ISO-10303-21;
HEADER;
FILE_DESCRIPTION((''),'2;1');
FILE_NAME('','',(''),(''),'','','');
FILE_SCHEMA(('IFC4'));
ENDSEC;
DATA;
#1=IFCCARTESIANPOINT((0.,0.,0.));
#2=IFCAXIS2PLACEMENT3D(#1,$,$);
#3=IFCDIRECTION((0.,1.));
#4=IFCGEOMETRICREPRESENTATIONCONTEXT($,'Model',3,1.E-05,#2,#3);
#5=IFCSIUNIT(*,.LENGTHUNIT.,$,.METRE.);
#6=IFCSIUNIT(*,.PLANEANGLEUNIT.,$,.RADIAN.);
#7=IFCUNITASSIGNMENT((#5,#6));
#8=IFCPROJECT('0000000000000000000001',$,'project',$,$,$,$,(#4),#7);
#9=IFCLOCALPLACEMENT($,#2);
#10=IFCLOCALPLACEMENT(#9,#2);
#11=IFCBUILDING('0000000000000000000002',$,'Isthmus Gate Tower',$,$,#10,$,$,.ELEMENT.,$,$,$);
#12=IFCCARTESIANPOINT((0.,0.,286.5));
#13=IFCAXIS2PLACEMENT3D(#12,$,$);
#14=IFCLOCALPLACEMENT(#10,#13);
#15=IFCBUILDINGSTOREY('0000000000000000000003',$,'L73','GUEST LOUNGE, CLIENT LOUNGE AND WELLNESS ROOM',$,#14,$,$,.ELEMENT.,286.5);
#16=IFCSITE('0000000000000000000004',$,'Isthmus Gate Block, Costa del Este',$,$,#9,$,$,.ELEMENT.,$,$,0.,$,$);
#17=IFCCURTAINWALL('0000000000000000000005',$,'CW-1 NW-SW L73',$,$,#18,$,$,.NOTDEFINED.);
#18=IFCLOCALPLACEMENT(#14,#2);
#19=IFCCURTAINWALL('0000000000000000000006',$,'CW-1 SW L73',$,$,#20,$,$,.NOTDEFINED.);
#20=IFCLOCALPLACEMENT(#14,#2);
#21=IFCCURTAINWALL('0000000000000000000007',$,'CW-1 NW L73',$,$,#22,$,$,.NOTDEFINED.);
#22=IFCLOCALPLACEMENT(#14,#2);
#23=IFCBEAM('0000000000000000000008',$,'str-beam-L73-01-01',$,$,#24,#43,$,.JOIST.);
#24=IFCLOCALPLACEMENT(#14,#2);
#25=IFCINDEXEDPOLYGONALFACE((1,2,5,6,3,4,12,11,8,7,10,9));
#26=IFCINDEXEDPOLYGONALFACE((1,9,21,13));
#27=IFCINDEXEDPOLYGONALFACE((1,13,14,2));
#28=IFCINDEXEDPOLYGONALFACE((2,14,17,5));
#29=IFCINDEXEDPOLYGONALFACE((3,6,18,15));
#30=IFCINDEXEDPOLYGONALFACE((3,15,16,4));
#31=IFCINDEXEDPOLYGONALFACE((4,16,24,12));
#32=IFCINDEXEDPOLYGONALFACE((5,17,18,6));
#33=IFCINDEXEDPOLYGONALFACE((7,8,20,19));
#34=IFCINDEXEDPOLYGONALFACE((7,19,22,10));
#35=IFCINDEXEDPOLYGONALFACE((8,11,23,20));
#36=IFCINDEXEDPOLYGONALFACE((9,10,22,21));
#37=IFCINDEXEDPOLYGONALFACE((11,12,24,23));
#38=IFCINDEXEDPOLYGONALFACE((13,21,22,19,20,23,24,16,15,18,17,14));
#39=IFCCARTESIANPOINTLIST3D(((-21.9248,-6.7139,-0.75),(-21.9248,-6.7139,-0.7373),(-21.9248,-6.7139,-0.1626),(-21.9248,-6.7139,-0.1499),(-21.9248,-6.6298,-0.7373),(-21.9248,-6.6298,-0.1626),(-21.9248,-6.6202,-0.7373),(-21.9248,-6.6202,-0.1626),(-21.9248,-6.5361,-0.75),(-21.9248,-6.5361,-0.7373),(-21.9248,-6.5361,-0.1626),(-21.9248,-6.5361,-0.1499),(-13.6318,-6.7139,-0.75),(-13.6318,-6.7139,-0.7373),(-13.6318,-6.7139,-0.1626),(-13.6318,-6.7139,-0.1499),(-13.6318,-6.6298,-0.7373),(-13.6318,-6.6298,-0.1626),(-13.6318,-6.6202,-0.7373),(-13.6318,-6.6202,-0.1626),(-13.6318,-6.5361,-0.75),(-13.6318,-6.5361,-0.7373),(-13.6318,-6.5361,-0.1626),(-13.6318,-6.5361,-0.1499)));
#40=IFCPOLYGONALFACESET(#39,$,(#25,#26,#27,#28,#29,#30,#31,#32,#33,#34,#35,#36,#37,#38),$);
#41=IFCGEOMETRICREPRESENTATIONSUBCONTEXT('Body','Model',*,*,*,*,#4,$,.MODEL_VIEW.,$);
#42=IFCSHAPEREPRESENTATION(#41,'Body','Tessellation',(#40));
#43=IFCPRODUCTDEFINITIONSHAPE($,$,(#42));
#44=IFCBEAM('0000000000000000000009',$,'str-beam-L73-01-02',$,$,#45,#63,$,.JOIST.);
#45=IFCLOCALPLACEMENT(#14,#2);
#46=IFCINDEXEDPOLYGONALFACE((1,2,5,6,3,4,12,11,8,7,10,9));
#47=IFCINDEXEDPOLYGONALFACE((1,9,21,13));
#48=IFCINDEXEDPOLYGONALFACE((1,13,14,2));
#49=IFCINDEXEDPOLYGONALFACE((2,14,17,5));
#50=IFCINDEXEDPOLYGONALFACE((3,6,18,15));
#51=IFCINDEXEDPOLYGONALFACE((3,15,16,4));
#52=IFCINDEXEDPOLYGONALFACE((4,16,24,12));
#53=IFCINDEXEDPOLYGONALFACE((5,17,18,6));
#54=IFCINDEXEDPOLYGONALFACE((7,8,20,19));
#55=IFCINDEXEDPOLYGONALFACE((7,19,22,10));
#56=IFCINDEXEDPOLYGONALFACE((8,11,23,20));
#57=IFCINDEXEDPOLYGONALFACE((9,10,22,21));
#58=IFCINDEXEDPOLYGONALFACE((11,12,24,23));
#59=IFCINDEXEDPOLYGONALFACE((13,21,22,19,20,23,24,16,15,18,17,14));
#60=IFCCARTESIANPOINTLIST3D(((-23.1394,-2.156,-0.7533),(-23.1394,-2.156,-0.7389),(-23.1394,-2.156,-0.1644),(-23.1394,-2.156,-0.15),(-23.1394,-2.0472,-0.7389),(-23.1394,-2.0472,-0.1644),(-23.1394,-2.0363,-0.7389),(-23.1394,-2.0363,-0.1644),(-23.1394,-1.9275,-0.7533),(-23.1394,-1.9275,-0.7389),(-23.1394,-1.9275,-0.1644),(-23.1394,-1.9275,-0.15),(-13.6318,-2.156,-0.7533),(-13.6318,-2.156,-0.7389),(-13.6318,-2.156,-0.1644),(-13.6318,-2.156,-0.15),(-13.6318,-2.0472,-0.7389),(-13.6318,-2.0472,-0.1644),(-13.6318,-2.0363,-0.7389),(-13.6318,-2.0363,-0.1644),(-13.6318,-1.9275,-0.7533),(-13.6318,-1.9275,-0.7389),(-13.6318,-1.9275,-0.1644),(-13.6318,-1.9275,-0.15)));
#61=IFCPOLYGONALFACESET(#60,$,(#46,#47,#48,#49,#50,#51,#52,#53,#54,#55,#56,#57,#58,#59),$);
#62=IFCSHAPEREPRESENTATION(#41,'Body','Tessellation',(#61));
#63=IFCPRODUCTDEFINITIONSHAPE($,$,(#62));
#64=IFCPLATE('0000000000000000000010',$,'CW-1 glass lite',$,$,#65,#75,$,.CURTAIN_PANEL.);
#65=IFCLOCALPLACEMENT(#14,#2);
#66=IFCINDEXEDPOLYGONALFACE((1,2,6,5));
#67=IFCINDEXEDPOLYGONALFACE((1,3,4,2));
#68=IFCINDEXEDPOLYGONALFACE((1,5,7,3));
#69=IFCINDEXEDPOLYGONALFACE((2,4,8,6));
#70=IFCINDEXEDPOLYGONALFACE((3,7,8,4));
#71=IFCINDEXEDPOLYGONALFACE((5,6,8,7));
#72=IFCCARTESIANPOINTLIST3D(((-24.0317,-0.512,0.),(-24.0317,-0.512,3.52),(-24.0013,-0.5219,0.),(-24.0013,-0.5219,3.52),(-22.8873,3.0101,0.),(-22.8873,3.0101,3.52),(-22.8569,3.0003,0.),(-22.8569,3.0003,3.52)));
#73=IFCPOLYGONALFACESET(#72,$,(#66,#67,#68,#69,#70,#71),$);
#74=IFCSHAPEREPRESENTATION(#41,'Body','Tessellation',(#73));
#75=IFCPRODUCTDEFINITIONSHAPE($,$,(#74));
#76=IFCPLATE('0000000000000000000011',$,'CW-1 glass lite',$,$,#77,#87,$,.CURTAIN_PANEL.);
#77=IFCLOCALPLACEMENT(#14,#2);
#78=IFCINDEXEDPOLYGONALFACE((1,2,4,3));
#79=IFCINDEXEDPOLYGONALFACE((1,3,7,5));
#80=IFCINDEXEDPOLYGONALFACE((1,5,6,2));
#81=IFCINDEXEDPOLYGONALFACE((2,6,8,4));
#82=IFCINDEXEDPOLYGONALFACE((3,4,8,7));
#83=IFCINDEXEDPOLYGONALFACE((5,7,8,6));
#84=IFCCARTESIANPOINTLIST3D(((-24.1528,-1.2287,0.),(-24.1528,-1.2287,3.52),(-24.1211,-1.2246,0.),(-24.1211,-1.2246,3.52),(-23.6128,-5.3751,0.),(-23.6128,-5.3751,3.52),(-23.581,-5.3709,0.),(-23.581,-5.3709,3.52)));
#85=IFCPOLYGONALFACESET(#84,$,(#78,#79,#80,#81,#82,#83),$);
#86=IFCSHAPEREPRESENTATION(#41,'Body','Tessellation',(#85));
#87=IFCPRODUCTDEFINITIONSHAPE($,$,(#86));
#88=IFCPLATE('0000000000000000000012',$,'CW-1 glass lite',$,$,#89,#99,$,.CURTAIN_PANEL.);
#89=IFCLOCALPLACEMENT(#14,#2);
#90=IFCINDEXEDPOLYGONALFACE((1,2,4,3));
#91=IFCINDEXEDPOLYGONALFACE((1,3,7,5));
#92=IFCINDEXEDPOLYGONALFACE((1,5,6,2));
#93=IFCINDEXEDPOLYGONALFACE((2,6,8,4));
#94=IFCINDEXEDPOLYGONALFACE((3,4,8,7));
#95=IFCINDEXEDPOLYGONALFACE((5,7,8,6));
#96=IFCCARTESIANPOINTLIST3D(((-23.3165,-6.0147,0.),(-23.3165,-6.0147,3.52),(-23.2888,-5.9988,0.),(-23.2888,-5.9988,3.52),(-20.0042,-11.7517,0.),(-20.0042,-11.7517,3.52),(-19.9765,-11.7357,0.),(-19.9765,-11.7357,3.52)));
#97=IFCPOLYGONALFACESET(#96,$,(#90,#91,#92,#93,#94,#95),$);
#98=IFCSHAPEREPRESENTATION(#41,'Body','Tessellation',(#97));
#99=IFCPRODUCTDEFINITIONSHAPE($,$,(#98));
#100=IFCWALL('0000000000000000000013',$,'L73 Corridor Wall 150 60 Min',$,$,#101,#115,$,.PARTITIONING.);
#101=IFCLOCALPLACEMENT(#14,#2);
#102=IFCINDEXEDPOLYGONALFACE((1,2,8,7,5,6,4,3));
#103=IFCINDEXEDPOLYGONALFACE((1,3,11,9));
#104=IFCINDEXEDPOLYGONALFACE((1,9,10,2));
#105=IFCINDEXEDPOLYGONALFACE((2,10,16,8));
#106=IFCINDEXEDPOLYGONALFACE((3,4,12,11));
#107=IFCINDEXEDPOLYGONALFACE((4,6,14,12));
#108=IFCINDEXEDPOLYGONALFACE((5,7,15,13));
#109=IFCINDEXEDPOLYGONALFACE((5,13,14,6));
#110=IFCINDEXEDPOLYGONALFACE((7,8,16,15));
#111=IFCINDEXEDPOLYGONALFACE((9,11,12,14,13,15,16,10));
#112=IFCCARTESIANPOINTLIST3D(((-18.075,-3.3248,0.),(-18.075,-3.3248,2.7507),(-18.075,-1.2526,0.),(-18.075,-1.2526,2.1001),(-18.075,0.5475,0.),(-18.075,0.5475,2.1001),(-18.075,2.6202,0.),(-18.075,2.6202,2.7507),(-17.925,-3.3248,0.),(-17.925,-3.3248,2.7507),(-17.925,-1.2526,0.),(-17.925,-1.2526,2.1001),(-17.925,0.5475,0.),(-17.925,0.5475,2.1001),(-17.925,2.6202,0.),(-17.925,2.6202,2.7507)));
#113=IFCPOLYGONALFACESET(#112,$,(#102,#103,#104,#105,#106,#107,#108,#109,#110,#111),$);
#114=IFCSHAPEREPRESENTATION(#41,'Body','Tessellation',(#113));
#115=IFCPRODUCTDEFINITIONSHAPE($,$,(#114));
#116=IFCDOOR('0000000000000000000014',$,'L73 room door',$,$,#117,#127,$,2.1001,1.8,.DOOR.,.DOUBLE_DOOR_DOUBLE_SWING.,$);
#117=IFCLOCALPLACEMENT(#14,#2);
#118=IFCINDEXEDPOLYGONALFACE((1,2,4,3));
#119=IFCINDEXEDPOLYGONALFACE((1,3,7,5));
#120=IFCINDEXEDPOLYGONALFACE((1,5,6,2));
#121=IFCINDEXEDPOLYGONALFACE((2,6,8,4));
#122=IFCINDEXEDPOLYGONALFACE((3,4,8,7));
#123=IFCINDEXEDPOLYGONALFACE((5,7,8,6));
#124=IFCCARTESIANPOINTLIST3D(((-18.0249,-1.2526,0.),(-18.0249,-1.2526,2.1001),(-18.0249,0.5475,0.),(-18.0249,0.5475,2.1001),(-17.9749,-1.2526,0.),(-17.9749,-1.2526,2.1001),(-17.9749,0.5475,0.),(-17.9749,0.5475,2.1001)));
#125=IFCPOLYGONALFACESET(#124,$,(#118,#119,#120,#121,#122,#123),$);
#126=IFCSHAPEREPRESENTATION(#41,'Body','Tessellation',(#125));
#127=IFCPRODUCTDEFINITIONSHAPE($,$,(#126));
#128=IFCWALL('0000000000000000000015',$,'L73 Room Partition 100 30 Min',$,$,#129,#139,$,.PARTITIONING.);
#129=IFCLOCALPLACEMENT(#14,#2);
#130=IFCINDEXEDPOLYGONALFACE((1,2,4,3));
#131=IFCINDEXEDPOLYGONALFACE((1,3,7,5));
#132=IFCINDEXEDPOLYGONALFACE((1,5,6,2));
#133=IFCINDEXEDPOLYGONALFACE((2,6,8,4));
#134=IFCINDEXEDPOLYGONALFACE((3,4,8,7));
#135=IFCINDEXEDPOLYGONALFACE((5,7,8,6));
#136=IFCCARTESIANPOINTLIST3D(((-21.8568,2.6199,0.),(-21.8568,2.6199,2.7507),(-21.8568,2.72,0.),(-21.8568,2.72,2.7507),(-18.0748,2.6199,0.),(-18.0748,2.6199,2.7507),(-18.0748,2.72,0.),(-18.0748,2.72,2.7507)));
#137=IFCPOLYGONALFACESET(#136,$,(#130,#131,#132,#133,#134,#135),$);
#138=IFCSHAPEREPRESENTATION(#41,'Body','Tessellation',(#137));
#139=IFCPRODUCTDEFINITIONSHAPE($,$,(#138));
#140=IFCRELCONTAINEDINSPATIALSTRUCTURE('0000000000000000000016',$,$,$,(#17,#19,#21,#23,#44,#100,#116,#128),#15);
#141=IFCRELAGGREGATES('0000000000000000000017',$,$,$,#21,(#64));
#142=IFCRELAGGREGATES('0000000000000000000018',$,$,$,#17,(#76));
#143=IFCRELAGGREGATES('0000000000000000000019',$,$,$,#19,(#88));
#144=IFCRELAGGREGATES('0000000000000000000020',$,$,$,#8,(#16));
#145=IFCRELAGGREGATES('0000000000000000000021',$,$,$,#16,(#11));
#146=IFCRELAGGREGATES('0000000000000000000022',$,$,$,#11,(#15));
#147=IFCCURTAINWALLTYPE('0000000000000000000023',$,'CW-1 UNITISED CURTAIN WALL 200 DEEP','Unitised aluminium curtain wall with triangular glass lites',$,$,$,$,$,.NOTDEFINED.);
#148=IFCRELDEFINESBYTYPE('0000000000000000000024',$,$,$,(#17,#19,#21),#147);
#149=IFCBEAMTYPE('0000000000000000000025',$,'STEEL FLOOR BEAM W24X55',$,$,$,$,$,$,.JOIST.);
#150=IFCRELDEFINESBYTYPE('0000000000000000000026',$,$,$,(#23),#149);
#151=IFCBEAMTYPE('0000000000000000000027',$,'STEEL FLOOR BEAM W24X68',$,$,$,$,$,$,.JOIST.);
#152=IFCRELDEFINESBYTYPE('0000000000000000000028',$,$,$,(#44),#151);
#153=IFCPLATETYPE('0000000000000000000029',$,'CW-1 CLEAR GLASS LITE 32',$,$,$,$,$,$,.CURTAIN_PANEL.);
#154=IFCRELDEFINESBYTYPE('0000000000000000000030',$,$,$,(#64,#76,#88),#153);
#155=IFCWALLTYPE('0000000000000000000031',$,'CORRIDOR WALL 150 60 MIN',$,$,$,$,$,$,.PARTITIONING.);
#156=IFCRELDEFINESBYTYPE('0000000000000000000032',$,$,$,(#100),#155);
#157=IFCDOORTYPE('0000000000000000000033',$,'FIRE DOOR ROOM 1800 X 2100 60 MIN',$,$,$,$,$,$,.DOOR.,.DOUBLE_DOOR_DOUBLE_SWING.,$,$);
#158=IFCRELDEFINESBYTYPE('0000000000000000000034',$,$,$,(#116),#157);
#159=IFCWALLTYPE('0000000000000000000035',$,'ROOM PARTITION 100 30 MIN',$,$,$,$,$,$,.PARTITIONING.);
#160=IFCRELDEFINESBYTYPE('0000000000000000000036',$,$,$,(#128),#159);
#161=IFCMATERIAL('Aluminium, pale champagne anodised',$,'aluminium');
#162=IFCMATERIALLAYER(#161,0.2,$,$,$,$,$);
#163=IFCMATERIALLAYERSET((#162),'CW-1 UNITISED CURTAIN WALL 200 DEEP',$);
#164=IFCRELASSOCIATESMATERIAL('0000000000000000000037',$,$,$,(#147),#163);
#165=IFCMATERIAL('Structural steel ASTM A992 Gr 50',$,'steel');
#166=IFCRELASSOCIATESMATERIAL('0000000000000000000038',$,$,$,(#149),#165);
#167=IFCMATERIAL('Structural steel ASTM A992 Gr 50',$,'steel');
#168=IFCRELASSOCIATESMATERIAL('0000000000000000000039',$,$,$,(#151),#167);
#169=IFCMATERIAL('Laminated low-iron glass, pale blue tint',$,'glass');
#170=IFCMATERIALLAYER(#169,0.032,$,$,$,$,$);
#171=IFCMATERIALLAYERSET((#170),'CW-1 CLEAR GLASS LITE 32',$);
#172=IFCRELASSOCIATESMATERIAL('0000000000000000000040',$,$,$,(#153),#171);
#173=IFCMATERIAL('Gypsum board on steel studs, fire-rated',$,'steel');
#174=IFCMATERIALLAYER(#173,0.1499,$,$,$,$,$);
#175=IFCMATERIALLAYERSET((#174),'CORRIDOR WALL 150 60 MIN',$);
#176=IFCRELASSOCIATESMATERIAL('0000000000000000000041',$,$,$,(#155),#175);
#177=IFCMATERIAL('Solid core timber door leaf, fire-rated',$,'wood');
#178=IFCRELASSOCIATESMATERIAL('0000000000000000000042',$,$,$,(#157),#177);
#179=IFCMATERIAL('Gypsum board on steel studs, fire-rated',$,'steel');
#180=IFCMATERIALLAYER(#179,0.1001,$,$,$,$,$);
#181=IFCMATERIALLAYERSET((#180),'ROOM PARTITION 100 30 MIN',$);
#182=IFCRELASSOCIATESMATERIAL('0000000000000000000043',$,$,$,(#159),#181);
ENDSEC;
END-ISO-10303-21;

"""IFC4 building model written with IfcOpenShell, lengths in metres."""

from ifc_helpers import new_model, si_unit, direction, frame, frame_2d, origin, origin_2d, place, context, subcontext, project, spatial, rectangle, i_section, extrude, material, layer, layer_set, material_profile, profile_set, type_object, element, fill, aggregate, save


model = new_model("IFC4")

# Units and contexts
model_context = context("Model", 3, precision=1e-05, world=origin(), true_north=direction((0.0, 1.0)))
body_context = subcontext(model_context, "Body", "Model", "MODEL_VIEW")
ifc_project = project(units=[si_unit("LENGTHUNIT", "METRE"), si_unit("PLANEANGLEUNIT", "RADIAN")], contexts=[model_context])

# Site, building, storey
site_placement = place(None, origin())
site = spatial("IfcSite", under=ifc_project, at=site_placement, Name="Isthmus Gate Block, Costa del Este", CompositionType="ELEMENT", RefElevation=0.0)
building_placement = place(site_placement, origin())
building = spatial("IfcBuilding", under=site, at=building_placement, Name="Isthmus Gate Tower", CompositionType="ELEMENT")
storey_placement = place(building_placement, frame((0.0, 0.0, 286.5)))
storey = spatial("IfcBuildingStorey", under=building, at=storey_placement, Name="L73", Description="GUEST LOUNGE, CLIENT LOUNGE AND WELLNESS ROOM", CompositionType="ELEMENT", Elevation=286.5)

# Curtain walls
ifc_material_1 = material(Name="Aluminium, pale champagne anodised", Category="aluminium")
ifc_layer_1 = layer(ifc_material_1, 0.2)
ifc_layer_set_1 = layer_set([ifc_layer_1], Name="CW-1 UNITISED CURTAIN WALL 200 DEEP")
curtain_wall_type = type_object("IfcCurtainWallType", Name="CW-1 UNITISED CURTAIN WALL 200 DEEP", Description="Unitised aluminium curtain wall with triangular glass lites", PredefinedType="NOTDEFINED", material=ifc_layer_set_1)
curtain_wall_1_placement = place(storey_placement, origin())
curtain_wall_1 = element("IfcCurtainWall", 1, at=curtain_wall_1_placement, inside=storey, type_object=curtain_wall_type, Name="CW-1 NW-SW L73", PredefinedType="NOTDEFINED")
curtain_wall_2_placement = place(storey_placement, origin())
curtain_wall_2 = element("IfcCurtainWall", 2, at=curtain_wall_2_placement, inside=storey, type_object=curtain_wall_type, Name="CW-1 SW L73", PredefinedType="NOTDEFINED")
curtain_wall_3_placement = place(storey_placement, origin())
curtain_wall_3 = element("IfcCurtainWall", 3, at=curtain_wall_3_placement, inside=storey, type_object=curtain_wall_type, Name="CW-1 NW L73", PredefinedType="NOTDEFINED")

# Beams
ifc_material_2 = material(Name="Structural steel ASTM A992 Gr 50", Category="steel")
ifc_material_profile_1 = material_profile(ifc_material_2, i_section(OverallWidth=0.1777, OverallDepth=0.6001, WebThickness=0.0095, FlangeThickness=0.0127, at=origin_2d()), Name="W24X55")
ifc_profile_set_1 = profile_set([ifc_material_profile_1], Name="Structural steel ASTM A992 Gr 50")
beam_type_1 = type_object("IfcBeamType", Name="STEEL FLOOR BEAM W24X55", PredefinedType="JOIST", material=ifc_profile_set_1)
beam_1_placement = place(storey_placement, frame((-21.9248, -6.625, -0.45), z_axis=(1.0, 0.0, 0.0), x_axis=(0.0, 1.0, 0.0)))
element("IfcBeam", 4, at=beam_1_placement, inside=storey, type_object=beam_type_1, Name="str-beam-L73-01-01", PredefinedType="JOIST", context=body_context, shape_type="SweptSolid", body=[
    extrude(i_section(OverallWidth=0.1777, OverallDepth=0.6001, WebThickness=0.0095, FlangeThickness=0.0127, at=origin_2d()), origin(), (0.0, 0.0, 1.0), 8.293),
])
ifc_material_3 = material(Name="Structural steel ASTM A992 Gr 50", Category="steel")
ifc_material_profile_2 = material_profile(ifc_material_3, i_section(OverallWidth=0.2285, OverallDepth=0.6033, WebThickness=0.011, FlangeThickness=0.0144, at=origin_2d()), Name="W24X68")
ifc_profile_set_2 = profile_set([ifc_material_profile_2], Name="Structural steel ASTM A992 Gr 50")
beam_type_2 = type_object("IfcBeamType", Name="STEEL FLOOR BEAM W24X68", PredefinedType="JOIST", material=ifc_profile_set_2)
beam_2_placement = place(storey_placement, frame((-23.1394, -2.0417, -0.4517), z_axis=(1.0, 0.0, 0.0), x_axis=(0.0, 1.0, 0.0)))
element("IfcBeam", 5, at=beam_2_placement, inside=storey, type_object=beam_type_2, Name="str-beam-L73-01-02", PredefinedType="JOIST", context=body_context, shape_type="SweptSolid", body=[
    extrude(i_section(OverallWidth=0.2285, OverallDepth=0.6033, WebThickness=0.011, FlangeThickness=0.0144, at=origin_2d()), origin(), (0.0, 0.0, 1.0), 9.5076),
])

# Plates
ifc_material_4 = material(Name="Laminated low-iron glass, pale blue tint", Category="glass")
ifc_layer_2 = layer(ifc_material_4, 0.032)
ifc_layer_set_2 = layer_set([ifc_layer_2], Name="CW-1 CLEAR GLASS LITE 32")
plate_type = type_object("IfcPlateType", Name="CW-1 CLEAR GLASS LITE 32", PredefinedType="CURTAIN_PANEL", material=ifc_layer_set_2)
plate_1_placement = place(storey_placement, frame((-23.4443, 1.2441, 0.0), z_axis=(0.0, 0.0, 1.0), x_axis=(-0.309017, -0.951057, 0.0)))
plate_1 = element("IfcPlate", 6, at=plate_1_placement, type_object=plate_type, Name="CW-1 glass lite", PredefinedType="CURTAIN_PANEL", context=body_context, shape_type="SweptSolid", body=[
    extrude(rectangle(XDim=3.7034, YDim=0.032, at=origin_2d()), origin(), (0.0, 0.0, 1.0), 3.52),
])
aggregate(curtain_wall_3, [plate_1])
plate_2_placement = place(storey_placement, frame((-23.8669, -3.2998, 0.0), z_axis=(0.0, 0.0, 1.0), x_axis=(0.129165, -0.991623, 0.0)))
plate_2 = element("IfcPlate", 7, at=plate_2_placement, type_object=plate_type, Name="CW-1 glass lite", PredefinedType="CURTAIN_PANEL", context=body_context, shape_type="SweptSolid", body=[
    extrude(rectangle(XDim=4.1814, YDim=0.032, at=origin_2d()), origin(), (0.0, 0.0, 1.0), 3.52),
])
aggregate(curtain_wall_1, [plate_2])
plate_3_placement = place(storey_placement, frame((-21.6465, -8.8752, 0.0), z_axis=(0.0, 0.0, 1.0), x_axis=(0.5, -0.866025, 0.0)))
plate_3 = element("IfcPlate", 8, at=plate_3_placement, type_object=plate_type, Name="CW-1 glass lite", PredefinedType="CURTAIN_PANEL", context=body_context, shape_type="SweptSolid", body=[
    extrude(rectangle(XDim=6.6245, YDim=0.032, at=origin_2d()), origin(), (0.0, 0.0, 1.0), 3.52),
])
aggregate(curtain_wall_2, [plate_3])

# Wall, opening, door
ifc_material_5 = material(Name="Gypsum board on steel studs, fire-rated", Category="steel")
ifc_layer_3 = layer(ifc_material_5, 0.1499)
ifc_layer_set_3 = layer_set([ifc_layer_3], Name="CORRIDOR WALL 150 60 MIN")
wall_type_1 = type_object("IfcWallType", Name="CORRIDOR WALL 150 60 MIN", PredefinedType="PARTITIONING", material=ifc_layer_set_3)
wall_1_placement = place(storey_placement, frame((-18.0, -3.325, 0.0), z_axis=(0.0, 0.0, 1.0), x_axis=(0.0, 1.0, 0.0)))
wall_1 = element("IfcWall", 9, at=wall_1_placement, inside=storey, type_object=wall_type_1, Name="L73 Corridor Wall 150 60 Min", PredefinedType="PARTITIONING", context=body_context, shape_type="SweptSolid", body=[
    extrude(rectangle(XDim=5.9451, YDim=0.1499, at=frame_2d((2.9727, 0.0))), origin(), (0.0, 0.0, 1.0), 2.7507),
])
opening_placement = place(wall_1_placement, frame((2.0725, 0.0, 0.0)))
opening = element("IfcOpeningElement", 10, at=opening_placement, cuts=wall_1, PredefinedType="OPENING", context=body_context, shape_type="SweptSolid", body=[
    extrude(rectangle(XDim=1.8, YDim=2.1001, at=frame_2d((0.8999, 1.05))), frame((0.0, 0.085, 0.0), z_axis=(0.0, -1.0, 0.0), x_axis=(1.0, 0.0, 0.0)), (0.0, 0.0, 1.0), 0.1699),
])
ifc_material_6 = material(Name="Solid core timber door leaf, fire-rated", Category="wood")
door_type = type_object("IfcDoorType", Name="FIRE DOOR ROOM 1800 X 2100 60 MIN", OperationType="DOUBLE_DOOR_DOUBLE_SWING", PredefinedType="DOOR", material=ifc_material_6)
door_placement = place(opening_placement, origin())
door = element("IfcDoor", 11, at=door_placement, inside=storey, type_object=door_type, Name="L73 room door", OperationType="DOUBLE_DOOR_DOUBLE_SWING", OverallHeight=2.1001, OverallWidth=1.8, PredefinedType="DOOR", context=body_context, shape_type="SweptSolid", body=[
    extrude(rectangle(XDim=1.8, YDim=2.1001, at=frame_2d((0.8999, 1.05))), frame((0.0, 0.0249, 0.0), z_axis=(0.0, -1.0, 0.0), x_axis=(1.0, 0.0, 0.0)), (0.0, 0.0, 1.0), 0.05),
])
fill(opening, door)

# Wall
ifc_material_7 = material(Name="Gypsum board on steel studs, fire-rated", Category="steel")
ifc_layer_4 = layer(ifc_material_7, 0.1001)
ifc_layer_set_4 = layer_set([ifc_layer_4], Name="ROOM PARTITION 100 30 MIN")
wall_type_2 = type_object("IfcWallType", Name="ROOM PARTITION 100 30 MIN", PredefinedType="PARTITIONING", material=ifc_layer_set_4)
wall_2_placement = place(storey_placement, frame((-21.8569, 2.6699, 0.0), z_axis=(0.0, 0.0, 1.0), x_axis=(1.0, 0.0, 0.0)))
element("IfcWall", 12, at=wall_2_placement, inside=storey, type_object=wall_type_2, Name="L73 Room Partition 100 30 Min", PredefinedType="PARTITIONING", context=body_context, shape_type="SweptSolid", body=[
    extrude(rectangle(XDim=3.782, YDim=0.1001, at=frame_2d((1.8911, 0.0))), origin(), (0.0, 0.0, 1.0), 2.7507),
])

save(model, "model.ifc")
